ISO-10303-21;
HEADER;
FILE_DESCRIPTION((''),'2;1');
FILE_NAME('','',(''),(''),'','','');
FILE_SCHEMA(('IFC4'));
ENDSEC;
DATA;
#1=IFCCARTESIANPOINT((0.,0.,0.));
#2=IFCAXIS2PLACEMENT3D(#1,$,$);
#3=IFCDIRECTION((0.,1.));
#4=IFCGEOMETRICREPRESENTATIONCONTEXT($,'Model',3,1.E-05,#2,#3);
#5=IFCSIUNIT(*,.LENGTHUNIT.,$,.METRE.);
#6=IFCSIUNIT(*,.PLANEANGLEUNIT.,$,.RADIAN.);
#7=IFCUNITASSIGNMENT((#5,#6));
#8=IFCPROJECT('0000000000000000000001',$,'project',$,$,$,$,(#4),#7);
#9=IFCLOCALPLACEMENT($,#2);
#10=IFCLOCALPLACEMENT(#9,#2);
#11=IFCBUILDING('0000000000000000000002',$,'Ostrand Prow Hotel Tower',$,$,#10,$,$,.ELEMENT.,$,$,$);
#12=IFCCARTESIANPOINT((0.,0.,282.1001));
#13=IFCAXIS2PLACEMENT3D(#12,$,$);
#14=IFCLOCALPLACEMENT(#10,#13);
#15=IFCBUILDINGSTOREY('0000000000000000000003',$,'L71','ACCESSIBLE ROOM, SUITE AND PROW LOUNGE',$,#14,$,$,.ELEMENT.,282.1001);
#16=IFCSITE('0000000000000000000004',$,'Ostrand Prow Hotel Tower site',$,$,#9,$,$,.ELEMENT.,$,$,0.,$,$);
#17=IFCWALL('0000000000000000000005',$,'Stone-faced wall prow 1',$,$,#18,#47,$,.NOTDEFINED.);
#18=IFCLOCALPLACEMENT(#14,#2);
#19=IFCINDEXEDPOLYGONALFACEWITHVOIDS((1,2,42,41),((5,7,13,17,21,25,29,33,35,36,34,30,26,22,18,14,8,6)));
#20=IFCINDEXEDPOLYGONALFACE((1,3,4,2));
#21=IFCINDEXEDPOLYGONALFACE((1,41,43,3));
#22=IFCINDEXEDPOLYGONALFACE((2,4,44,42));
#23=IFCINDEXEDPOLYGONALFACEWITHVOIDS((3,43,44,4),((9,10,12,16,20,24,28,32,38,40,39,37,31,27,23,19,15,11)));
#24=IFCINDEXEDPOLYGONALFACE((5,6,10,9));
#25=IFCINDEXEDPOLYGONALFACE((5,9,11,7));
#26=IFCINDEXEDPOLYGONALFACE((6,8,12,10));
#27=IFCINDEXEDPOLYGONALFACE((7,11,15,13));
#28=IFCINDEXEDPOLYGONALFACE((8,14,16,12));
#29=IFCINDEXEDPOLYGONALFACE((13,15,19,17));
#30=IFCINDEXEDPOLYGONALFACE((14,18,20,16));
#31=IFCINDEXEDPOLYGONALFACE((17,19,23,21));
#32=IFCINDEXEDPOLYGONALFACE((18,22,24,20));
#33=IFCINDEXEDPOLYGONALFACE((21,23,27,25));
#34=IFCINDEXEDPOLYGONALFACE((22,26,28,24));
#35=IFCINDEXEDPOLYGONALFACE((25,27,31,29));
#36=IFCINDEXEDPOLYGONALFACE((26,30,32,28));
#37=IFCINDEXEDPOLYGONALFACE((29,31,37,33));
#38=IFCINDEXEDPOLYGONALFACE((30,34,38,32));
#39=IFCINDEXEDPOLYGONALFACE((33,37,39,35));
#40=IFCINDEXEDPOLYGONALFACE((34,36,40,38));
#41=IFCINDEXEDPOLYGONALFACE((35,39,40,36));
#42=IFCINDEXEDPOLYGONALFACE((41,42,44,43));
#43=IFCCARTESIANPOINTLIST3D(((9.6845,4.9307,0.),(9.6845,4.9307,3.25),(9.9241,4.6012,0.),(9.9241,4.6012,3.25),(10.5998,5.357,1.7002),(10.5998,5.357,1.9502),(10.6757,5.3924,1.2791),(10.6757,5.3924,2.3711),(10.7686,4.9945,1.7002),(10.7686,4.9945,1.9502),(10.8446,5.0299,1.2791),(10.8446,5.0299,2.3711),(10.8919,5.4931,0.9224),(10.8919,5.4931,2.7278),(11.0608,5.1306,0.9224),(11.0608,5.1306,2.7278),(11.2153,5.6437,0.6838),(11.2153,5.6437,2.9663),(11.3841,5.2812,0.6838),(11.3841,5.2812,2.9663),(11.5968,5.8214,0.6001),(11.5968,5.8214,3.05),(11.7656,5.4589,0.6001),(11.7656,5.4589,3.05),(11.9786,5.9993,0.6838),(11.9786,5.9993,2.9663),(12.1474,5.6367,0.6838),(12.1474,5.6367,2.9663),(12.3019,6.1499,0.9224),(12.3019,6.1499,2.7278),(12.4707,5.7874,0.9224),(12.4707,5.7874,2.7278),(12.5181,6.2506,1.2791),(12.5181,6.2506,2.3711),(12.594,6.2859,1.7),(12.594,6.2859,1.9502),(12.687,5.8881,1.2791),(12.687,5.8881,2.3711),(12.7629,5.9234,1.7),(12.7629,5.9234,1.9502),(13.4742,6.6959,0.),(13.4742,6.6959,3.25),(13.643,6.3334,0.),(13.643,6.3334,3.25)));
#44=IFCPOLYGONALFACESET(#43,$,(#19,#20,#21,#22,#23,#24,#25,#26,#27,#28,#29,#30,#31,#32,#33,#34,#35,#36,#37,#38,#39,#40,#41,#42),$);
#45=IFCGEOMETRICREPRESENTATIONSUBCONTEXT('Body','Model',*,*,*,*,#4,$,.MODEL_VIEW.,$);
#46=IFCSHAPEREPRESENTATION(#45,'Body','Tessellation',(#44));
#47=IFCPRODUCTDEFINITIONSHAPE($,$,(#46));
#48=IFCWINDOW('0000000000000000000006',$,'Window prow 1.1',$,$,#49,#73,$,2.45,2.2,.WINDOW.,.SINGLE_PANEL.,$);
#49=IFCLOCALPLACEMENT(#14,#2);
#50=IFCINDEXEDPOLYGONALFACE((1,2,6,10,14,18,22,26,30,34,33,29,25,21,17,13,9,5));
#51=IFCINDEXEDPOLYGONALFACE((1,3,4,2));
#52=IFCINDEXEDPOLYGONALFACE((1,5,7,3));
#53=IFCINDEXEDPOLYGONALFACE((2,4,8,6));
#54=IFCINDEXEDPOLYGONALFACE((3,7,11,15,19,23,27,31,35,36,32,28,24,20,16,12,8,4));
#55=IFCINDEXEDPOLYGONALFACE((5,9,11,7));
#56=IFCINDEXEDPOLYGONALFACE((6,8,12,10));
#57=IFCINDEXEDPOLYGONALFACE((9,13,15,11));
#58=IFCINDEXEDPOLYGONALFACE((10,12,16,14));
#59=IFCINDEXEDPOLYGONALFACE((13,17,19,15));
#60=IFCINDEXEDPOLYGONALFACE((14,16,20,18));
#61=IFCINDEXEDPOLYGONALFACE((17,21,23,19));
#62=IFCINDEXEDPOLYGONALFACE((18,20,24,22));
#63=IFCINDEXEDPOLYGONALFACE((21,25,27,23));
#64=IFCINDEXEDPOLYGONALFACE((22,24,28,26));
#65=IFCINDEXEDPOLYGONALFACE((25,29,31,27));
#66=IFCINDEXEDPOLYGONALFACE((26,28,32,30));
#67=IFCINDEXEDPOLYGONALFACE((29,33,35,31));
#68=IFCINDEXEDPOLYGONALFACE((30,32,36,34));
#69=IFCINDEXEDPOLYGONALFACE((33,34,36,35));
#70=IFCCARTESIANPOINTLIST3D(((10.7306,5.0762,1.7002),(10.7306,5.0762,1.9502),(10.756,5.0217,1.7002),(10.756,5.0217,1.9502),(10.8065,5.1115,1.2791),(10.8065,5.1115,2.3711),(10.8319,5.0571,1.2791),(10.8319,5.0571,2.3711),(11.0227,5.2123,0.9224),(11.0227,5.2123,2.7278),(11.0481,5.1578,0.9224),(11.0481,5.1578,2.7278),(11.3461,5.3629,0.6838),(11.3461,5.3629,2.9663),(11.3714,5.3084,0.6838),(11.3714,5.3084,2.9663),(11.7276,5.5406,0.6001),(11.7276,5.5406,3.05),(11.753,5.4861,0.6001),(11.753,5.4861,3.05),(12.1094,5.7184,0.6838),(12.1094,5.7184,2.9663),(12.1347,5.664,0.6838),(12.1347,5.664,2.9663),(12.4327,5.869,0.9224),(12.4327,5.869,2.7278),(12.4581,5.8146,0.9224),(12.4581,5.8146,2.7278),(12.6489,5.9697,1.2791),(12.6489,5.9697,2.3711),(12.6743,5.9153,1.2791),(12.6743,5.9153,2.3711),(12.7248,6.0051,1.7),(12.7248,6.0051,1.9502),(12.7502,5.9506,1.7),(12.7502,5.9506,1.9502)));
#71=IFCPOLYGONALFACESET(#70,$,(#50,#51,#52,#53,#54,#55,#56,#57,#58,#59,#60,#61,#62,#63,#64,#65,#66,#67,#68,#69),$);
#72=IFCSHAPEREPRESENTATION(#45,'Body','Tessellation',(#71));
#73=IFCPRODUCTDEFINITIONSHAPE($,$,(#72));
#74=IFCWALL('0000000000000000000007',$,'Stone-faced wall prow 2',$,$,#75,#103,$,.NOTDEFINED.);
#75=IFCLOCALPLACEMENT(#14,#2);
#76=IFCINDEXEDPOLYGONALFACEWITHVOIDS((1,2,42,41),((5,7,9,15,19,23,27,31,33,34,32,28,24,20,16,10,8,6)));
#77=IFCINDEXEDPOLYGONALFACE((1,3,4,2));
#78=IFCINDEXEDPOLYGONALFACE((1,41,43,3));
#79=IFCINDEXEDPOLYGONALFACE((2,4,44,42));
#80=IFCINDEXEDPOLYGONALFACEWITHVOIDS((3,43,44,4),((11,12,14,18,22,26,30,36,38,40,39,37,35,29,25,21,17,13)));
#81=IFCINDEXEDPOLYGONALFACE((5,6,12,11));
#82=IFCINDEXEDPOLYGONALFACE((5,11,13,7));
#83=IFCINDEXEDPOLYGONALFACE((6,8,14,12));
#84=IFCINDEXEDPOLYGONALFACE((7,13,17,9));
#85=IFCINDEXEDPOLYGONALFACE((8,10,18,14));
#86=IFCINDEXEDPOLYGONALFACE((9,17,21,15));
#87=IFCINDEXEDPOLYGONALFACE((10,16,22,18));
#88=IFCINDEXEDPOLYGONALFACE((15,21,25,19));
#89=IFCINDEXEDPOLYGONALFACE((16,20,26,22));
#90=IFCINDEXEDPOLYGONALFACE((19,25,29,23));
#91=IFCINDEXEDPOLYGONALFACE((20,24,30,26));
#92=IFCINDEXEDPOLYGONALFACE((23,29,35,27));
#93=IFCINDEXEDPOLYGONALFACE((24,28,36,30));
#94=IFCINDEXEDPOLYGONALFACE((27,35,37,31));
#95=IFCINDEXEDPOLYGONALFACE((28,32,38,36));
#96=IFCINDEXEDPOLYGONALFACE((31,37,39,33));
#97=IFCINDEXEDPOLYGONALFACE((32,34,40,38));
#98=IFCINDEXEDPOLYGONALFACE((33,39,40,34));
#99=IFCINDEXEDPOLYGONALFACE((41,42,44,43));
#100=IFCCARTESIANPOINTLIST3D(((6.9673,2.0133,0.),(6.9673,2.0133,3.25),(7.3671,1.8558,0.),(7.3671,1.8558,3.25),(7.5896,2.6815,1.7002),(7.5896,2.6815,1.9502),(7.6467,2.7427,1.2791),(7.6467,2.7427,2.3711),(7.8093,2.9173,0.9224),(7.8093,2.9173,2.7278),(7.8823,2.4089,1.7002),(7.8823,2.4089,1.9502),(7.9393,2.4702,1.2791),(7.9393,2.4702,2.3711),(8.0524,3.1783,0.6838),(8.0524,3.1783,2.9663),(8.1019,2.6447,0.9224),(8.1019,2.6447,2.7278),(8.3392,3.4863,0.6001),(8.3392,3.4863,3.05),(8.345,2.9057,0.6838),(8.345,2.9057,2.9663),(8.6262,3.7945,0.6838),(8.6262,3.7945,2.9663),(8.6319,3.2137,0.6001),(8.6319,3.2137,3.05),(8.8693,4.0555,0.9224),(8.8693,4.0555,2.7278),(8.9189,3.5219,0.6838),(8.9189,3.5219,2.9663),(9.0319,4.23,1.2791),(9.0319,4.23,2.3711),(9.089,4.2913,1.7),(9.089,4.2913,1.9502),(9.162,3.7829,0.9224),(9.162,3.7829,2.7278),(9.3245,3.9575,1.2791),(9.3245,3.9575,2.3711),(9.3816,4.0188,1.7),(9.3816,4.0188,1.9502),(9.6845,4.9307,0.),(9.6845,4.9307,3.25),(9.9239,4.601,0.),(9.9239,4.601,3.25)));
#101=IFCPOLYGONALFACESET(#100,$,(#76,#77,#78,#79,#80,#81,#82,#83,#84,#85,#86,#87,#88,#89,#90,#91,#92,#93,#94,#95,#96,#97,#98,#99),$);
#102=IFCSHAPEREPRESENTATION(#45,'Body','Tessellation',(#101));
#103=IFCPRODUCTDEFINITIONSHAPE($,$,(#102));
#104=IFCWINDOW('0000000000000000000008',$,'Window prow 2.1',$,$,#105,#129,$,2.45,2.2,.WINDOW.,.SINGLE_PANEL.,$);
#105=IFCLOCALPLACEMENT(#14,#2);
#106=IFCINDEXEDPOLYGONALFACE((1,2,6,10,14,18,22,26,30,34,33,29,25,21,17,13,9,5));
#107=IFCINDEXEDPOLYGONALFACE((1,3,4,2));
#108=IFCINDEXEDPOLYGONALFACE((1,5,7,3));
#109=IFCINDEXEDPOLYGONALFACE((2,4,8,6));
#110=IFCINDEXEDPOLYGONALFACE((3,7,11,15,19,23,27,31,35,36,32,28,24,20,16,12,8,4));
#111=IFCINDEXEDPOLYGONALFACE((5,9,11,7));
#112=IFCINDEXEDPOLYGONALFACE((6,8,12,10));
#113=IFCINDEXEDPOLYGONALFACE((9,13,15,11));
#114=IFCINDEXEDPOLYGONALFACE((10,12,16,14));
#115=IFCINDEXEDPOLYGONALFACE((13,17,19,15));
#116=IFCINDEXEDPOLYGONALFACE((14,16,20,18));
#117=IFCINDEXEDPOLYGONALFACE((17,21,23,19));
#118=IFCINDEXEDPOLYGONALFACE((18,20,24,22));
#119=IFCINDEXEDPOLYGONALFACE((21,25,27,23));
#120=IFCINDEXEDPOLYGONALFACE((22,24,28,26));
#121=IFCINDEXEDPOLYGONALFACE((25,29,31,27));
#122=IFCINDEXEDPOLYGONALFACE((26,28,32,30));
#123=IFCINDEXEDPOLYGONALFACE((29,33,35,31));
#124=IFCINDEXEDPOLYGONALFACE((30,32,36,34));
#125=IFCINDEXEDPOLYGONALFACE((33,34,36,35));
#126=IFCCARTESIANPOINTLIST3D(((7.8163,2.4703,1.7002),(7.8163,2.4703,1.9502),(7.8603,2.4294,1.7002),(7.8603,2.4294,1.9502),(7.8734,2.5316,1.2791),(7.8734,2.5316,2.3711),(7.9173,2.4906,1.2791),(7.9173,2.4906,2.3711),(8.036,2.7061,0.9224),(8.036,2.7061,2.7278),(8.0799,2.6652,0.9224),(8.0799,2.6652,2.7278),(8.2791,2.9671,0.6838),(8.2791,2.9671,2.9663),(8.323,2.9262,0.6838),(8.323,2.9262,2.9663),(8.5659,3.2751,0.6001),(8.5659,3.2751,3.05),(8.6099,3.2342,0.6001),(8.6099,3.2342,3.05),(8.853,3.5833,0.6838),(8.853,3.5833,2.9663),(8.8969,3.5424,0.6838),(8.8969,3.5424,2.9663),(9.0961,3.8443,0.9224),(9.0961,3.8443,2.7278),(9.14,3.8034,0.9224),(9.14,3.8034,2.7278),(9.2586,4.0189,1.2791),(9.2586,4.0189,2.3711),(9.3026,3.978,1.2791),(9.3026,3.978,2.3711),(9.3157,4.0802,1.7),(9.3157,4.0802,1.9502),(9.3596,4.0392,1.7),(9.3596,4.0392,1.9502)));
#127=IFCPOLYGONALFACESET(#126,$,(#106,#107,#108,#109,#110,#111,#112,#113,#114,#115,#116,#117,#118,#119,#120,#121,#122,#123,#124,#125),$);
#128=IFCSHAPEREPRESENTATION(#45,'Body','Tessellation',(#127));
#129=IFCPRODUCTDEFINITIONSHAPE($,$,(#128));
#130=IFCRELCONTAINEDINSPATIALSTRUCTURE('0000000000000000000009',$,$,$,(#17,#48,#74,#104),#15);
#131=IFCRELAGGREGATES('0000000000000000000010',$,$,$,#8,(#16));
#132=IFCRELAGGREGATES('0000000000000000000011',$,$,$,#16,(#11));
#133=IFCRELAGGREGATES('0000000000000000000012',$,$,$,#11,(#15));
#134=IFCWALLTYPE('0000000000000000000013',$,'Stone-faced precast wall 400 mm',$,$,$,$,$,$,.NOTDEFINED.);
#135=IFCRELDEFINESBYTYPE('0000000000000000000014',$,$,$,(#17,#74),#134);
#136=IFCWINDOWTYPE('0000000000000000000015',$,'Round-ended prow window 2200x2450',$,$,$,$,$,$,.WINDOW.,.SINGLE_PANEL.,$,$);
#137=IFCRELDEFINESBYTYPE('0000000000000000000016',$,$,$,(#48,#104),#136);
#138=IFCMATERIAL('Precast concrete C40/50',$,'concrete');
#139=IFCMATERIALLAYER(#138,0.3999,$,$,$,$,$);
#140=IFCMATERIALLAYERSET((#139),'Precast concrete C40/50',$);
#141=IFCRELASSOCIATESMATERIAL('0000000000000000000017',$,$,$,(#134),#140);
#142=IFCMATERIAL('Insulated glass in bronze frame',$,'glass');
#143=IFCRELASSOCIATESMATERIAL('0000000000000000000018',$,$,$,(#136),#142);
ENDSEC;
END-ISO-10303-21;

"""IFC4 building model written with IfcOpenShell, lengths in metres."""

from ifc_helpers import new_model, si_unit, direction, frame, origin, place, context, subcontext, project, spatial, polyline, outline, extrude, material, layer, layer_set, type_object, element, fill, save


model = new_model("IFC4")

# Units and contexts
model_context = context("Model", 3, precision=1e-05, world=origin(), true_north=direction((0.0, 1.0)))
body_context = subcontext(model_context, "Body", "Model", "MODEL_VIEW")
ifc_project = project(units=[si_unit("LENGTHUNIT", "METRE"), si_unit("PLANEANGLEUNIT", "RADIAN")], contexts=[model_context])

# Site, building, storey
site_placement = place(None, origin())
site = spatial("IfcSite", under=ifc_project, at=site_placement, Name="Ostrand Prow Hotel Tower site", CompositionType="ELEMENT", RefElevation=0.0)
building_placement = place(site_placement, origin())
building = spatial("IfcBuilding", under=site, at=building_placement, Name="Ostrand Prow Hotel Tower", CompositionType="ELEMENT")
storey_placement = place(building_placement, frame((0.0, 0.0, 282.1001)))
storey = spatial("IfcBuildingStorey", under=building, at=storey_placement, Name="L71", Description="ACCESSIBLE ROOM, SUITE AND PROW LOUNGE", CompositionType="ELEMENT", Elevation=282.1001)

# Walls, openings, windows
ifc_material_1 = material(Name="Precast concrete C40/50", Category="concrete")
ifc_layer_1 = layer(ifc_material_1, 0.3999)
ifc_layer_set_1 = layer_set([ifc_layer_1], Name="Precast concrete C40/50")
wall_type_1 = type_object("IfcWallType", Name="Stone-faced precast wall 400 mm", PredefinedType="NOTDEFINED", material=ifc_layer_set_1)
wall_1_placement = place(storey_placement, frame((13.5586, 6.5146, 0.0), z_axis=(0.0, 0.0, 1.0), x_axis=(-0.906486, -0.422237, 0.0)))
wall_1 = element("IfcWall", 1, at=wall_1_placement, inside=storey, type_object=wall_type_1, Name="Stone-faced wall prow 1", PredefinedType="NOTDEFINED", context=body_context, shape_type="SweptSolid", body=[
    extrude(outline(polyline([(0.0, -0.2), (4.1807, -0.2), (4.1025, 0.2), (0.0, 0.2), (0.0, -0.2)])), origin(), (0.0, 0.0, 1.0), 3.25),
])
opening_1_placement = place(wall_1_placement, frame((0.9709, 0.0, 0.6001)))
opening_1 = element("IfcOpeningElement", 2, at=opening_1_placement, cuts=wall_1, PredefinedType="OPENING", context=body_context, shape_type="SweptSolid", body=[
    extrude(outline(polyline([(0.0, 1.3501), (0.0837, 1.771), (0.3223, 2.1277), (0.679, 2.3662), (1.1001, 2.45), (1.521, 2.3662), (1.8777, 2.1277), (2.1162, 1.771), (2.2, 1.3501), (2.2, 1.1001), (2.1162, 0.679), (1.8777, 0.3223), (1.521, 0.0837), (1.1001, 0.0), (0.679, 0.0837), (0.3223, 0.3223), (0.0837, 0.679), (0.0, 1.0999), (0.0, 1.3501)])), frame((0.0, 0.21, 0.0), z_axis=(0.0, -1.0, 0.0), x_axis=(1.0, 0.0, 0.0)), (0.0, 0.0, 1.0), 0.4199),
])
ifc_material_2 = material(Name="Insulated glass in bronze frame", Category="glass")
window_type = type_object("IfcWindowType", Name="Round-ended prow window 2200x2450", PartitioningType="SINGLE_PANEL", PredefinedType="WINDOW", material=ifc_material_2)
window_1_placement = place(opening_1_placement, origin())
window_1 = element("IfcWindow", 3, at=window_1_placement, inside=storey, type_object=window_type, Name="Window prow 1.1", OverallHeight=2.45, OverallWidth=2.2, PartitioningType="SINGLE_PANEL", PredefinedType="WINDOW", context=body_context, shape_type="SweptSolid", body=[
    extrude(outline(polyline([(0.0, 1.3501), (0.0837, 1.771), (0.3223, 2.1277), (0.679, 2.3662), (1.1001, 2.45), (1.521, 2.3662), (1.8777, 2.1277), (2.1162, 1.771), (2.2, 1.3501), (2.2, 1.1001), (2.1162, 0.679), (1.8777, 0.3223), (1.521, 0.0837), (1.1001, 0.0), (0.679, 0.0837), (0.3223, 0.3223), (0.0837, 0.679), (0.0, 1.0999), (0.0, 1.3501)])), frame((0.0, 0.1699, 0.0), z_axis=(0.0, -1.0, 0.0), x_axis=(1.0, 0.0, 0.0)), (0.0, 0.0, 1.0), 0.0601),
])
fill(opening_1, window_1)
wall_2_placement = place(storey_placement, frame((9.8042, 4.7659, 0.0), z_axis=(0.0, 0.0, 1.0), x_axis=(-0.681547, -0.731775, 0.0)))
wall_2 = element("IfcWall", 4, at=wall_2_placement, inside=storey, type_object=wall_type_1, Name="Stone-faced wall prow 2", PredefinedType="NOTDEFINED", context=body_context, shape_type="SweptSolid", body=[
    extrude(outline(polyline([(-0.0391, -0.2), (3.9478, -0.2), (3.7905, 0.2), (0.0391, 0.2), (-0.0391, -0.2)])), origin(), (0.0, 0.0, 1.0), 3.25),
])
opening_2_placement = place(wall_2_placement, frame((0.8347, 0.0, 0.6001)))
opening_2 = element("IfcOpeningElement", 5, at=opening_2_placement, cuts=wall_2, PredefinedType="OPENING", context=body_context, shape_type="SweptSolid", body=[
    extrude(outline(polyline([(0.0, 1.3501), (0.0837, 1.771), (0.3223, 2.1277), (0.679, 2.3662), (1.1001, 2.45), (1.521, 2.3662), (1.8777, 2.1277), (2.1162, 1.771), (2.2, 1.3501), (2.2, 1.1001), (2.1162, 0.679), (1.8777, 0.3223), (1.521, 0.0837), (1.1001, 0.0), (0.679, 0.0837), (0.3223, 0.3223), (0.0837, 0.679), (0.0, 1.0999), (0.0, 1.3501)])), frame((0.0, 0.21, 0.0), z_axis=(0.0, -1.0, 0.0), x_axis=(1.0, 0.0, 0.0)), (0.0, 0.0, 1.0), 0.4199),
])
window_2_placement = place(opening_2_placement, origin())
window_2 = element("IfcWindow", 6, at=window_2_placement, inside=storey, type_object=window_type, Name="Window prow 2.1", OverallHeight=2.45, OverallWidth=2.2, PartitioningType="SINGLE_PANEL", PredefinedType="WINDOW", context=body_context, shape_type="SweptSolid", body=[
    extrude(outline(polyline([(0.0, 1.3501), (0.0837, 1.771), (0.3223, 2.1277), (0.679, 2.3662), (1.1001, 2.45), (1.521, 2.3662), (1.8777, 2.1277), (2.1162, 1.771), (2.2, 1.3501), (2.2, 1.1001), (2.1162, 0.679), (1.8777, 0.3223), (1.521, 0.0837), (1.1001, 0.0), (0.679, 0.0837), (0.3223, 0.3223), (0.0837, 0.679), (0.0, 1.0999), (0.0, 1.3501)])), frame((0.0, 0.1699, 0.0), z_axis=(0.0, -1.0, 0.0), x_axis=(1.0, 0.0, 0.0)), (0.0, 0.0, 1.0), 0.0601),
])
fill(opening_2, window_2)

save(model, "model.ifc")
